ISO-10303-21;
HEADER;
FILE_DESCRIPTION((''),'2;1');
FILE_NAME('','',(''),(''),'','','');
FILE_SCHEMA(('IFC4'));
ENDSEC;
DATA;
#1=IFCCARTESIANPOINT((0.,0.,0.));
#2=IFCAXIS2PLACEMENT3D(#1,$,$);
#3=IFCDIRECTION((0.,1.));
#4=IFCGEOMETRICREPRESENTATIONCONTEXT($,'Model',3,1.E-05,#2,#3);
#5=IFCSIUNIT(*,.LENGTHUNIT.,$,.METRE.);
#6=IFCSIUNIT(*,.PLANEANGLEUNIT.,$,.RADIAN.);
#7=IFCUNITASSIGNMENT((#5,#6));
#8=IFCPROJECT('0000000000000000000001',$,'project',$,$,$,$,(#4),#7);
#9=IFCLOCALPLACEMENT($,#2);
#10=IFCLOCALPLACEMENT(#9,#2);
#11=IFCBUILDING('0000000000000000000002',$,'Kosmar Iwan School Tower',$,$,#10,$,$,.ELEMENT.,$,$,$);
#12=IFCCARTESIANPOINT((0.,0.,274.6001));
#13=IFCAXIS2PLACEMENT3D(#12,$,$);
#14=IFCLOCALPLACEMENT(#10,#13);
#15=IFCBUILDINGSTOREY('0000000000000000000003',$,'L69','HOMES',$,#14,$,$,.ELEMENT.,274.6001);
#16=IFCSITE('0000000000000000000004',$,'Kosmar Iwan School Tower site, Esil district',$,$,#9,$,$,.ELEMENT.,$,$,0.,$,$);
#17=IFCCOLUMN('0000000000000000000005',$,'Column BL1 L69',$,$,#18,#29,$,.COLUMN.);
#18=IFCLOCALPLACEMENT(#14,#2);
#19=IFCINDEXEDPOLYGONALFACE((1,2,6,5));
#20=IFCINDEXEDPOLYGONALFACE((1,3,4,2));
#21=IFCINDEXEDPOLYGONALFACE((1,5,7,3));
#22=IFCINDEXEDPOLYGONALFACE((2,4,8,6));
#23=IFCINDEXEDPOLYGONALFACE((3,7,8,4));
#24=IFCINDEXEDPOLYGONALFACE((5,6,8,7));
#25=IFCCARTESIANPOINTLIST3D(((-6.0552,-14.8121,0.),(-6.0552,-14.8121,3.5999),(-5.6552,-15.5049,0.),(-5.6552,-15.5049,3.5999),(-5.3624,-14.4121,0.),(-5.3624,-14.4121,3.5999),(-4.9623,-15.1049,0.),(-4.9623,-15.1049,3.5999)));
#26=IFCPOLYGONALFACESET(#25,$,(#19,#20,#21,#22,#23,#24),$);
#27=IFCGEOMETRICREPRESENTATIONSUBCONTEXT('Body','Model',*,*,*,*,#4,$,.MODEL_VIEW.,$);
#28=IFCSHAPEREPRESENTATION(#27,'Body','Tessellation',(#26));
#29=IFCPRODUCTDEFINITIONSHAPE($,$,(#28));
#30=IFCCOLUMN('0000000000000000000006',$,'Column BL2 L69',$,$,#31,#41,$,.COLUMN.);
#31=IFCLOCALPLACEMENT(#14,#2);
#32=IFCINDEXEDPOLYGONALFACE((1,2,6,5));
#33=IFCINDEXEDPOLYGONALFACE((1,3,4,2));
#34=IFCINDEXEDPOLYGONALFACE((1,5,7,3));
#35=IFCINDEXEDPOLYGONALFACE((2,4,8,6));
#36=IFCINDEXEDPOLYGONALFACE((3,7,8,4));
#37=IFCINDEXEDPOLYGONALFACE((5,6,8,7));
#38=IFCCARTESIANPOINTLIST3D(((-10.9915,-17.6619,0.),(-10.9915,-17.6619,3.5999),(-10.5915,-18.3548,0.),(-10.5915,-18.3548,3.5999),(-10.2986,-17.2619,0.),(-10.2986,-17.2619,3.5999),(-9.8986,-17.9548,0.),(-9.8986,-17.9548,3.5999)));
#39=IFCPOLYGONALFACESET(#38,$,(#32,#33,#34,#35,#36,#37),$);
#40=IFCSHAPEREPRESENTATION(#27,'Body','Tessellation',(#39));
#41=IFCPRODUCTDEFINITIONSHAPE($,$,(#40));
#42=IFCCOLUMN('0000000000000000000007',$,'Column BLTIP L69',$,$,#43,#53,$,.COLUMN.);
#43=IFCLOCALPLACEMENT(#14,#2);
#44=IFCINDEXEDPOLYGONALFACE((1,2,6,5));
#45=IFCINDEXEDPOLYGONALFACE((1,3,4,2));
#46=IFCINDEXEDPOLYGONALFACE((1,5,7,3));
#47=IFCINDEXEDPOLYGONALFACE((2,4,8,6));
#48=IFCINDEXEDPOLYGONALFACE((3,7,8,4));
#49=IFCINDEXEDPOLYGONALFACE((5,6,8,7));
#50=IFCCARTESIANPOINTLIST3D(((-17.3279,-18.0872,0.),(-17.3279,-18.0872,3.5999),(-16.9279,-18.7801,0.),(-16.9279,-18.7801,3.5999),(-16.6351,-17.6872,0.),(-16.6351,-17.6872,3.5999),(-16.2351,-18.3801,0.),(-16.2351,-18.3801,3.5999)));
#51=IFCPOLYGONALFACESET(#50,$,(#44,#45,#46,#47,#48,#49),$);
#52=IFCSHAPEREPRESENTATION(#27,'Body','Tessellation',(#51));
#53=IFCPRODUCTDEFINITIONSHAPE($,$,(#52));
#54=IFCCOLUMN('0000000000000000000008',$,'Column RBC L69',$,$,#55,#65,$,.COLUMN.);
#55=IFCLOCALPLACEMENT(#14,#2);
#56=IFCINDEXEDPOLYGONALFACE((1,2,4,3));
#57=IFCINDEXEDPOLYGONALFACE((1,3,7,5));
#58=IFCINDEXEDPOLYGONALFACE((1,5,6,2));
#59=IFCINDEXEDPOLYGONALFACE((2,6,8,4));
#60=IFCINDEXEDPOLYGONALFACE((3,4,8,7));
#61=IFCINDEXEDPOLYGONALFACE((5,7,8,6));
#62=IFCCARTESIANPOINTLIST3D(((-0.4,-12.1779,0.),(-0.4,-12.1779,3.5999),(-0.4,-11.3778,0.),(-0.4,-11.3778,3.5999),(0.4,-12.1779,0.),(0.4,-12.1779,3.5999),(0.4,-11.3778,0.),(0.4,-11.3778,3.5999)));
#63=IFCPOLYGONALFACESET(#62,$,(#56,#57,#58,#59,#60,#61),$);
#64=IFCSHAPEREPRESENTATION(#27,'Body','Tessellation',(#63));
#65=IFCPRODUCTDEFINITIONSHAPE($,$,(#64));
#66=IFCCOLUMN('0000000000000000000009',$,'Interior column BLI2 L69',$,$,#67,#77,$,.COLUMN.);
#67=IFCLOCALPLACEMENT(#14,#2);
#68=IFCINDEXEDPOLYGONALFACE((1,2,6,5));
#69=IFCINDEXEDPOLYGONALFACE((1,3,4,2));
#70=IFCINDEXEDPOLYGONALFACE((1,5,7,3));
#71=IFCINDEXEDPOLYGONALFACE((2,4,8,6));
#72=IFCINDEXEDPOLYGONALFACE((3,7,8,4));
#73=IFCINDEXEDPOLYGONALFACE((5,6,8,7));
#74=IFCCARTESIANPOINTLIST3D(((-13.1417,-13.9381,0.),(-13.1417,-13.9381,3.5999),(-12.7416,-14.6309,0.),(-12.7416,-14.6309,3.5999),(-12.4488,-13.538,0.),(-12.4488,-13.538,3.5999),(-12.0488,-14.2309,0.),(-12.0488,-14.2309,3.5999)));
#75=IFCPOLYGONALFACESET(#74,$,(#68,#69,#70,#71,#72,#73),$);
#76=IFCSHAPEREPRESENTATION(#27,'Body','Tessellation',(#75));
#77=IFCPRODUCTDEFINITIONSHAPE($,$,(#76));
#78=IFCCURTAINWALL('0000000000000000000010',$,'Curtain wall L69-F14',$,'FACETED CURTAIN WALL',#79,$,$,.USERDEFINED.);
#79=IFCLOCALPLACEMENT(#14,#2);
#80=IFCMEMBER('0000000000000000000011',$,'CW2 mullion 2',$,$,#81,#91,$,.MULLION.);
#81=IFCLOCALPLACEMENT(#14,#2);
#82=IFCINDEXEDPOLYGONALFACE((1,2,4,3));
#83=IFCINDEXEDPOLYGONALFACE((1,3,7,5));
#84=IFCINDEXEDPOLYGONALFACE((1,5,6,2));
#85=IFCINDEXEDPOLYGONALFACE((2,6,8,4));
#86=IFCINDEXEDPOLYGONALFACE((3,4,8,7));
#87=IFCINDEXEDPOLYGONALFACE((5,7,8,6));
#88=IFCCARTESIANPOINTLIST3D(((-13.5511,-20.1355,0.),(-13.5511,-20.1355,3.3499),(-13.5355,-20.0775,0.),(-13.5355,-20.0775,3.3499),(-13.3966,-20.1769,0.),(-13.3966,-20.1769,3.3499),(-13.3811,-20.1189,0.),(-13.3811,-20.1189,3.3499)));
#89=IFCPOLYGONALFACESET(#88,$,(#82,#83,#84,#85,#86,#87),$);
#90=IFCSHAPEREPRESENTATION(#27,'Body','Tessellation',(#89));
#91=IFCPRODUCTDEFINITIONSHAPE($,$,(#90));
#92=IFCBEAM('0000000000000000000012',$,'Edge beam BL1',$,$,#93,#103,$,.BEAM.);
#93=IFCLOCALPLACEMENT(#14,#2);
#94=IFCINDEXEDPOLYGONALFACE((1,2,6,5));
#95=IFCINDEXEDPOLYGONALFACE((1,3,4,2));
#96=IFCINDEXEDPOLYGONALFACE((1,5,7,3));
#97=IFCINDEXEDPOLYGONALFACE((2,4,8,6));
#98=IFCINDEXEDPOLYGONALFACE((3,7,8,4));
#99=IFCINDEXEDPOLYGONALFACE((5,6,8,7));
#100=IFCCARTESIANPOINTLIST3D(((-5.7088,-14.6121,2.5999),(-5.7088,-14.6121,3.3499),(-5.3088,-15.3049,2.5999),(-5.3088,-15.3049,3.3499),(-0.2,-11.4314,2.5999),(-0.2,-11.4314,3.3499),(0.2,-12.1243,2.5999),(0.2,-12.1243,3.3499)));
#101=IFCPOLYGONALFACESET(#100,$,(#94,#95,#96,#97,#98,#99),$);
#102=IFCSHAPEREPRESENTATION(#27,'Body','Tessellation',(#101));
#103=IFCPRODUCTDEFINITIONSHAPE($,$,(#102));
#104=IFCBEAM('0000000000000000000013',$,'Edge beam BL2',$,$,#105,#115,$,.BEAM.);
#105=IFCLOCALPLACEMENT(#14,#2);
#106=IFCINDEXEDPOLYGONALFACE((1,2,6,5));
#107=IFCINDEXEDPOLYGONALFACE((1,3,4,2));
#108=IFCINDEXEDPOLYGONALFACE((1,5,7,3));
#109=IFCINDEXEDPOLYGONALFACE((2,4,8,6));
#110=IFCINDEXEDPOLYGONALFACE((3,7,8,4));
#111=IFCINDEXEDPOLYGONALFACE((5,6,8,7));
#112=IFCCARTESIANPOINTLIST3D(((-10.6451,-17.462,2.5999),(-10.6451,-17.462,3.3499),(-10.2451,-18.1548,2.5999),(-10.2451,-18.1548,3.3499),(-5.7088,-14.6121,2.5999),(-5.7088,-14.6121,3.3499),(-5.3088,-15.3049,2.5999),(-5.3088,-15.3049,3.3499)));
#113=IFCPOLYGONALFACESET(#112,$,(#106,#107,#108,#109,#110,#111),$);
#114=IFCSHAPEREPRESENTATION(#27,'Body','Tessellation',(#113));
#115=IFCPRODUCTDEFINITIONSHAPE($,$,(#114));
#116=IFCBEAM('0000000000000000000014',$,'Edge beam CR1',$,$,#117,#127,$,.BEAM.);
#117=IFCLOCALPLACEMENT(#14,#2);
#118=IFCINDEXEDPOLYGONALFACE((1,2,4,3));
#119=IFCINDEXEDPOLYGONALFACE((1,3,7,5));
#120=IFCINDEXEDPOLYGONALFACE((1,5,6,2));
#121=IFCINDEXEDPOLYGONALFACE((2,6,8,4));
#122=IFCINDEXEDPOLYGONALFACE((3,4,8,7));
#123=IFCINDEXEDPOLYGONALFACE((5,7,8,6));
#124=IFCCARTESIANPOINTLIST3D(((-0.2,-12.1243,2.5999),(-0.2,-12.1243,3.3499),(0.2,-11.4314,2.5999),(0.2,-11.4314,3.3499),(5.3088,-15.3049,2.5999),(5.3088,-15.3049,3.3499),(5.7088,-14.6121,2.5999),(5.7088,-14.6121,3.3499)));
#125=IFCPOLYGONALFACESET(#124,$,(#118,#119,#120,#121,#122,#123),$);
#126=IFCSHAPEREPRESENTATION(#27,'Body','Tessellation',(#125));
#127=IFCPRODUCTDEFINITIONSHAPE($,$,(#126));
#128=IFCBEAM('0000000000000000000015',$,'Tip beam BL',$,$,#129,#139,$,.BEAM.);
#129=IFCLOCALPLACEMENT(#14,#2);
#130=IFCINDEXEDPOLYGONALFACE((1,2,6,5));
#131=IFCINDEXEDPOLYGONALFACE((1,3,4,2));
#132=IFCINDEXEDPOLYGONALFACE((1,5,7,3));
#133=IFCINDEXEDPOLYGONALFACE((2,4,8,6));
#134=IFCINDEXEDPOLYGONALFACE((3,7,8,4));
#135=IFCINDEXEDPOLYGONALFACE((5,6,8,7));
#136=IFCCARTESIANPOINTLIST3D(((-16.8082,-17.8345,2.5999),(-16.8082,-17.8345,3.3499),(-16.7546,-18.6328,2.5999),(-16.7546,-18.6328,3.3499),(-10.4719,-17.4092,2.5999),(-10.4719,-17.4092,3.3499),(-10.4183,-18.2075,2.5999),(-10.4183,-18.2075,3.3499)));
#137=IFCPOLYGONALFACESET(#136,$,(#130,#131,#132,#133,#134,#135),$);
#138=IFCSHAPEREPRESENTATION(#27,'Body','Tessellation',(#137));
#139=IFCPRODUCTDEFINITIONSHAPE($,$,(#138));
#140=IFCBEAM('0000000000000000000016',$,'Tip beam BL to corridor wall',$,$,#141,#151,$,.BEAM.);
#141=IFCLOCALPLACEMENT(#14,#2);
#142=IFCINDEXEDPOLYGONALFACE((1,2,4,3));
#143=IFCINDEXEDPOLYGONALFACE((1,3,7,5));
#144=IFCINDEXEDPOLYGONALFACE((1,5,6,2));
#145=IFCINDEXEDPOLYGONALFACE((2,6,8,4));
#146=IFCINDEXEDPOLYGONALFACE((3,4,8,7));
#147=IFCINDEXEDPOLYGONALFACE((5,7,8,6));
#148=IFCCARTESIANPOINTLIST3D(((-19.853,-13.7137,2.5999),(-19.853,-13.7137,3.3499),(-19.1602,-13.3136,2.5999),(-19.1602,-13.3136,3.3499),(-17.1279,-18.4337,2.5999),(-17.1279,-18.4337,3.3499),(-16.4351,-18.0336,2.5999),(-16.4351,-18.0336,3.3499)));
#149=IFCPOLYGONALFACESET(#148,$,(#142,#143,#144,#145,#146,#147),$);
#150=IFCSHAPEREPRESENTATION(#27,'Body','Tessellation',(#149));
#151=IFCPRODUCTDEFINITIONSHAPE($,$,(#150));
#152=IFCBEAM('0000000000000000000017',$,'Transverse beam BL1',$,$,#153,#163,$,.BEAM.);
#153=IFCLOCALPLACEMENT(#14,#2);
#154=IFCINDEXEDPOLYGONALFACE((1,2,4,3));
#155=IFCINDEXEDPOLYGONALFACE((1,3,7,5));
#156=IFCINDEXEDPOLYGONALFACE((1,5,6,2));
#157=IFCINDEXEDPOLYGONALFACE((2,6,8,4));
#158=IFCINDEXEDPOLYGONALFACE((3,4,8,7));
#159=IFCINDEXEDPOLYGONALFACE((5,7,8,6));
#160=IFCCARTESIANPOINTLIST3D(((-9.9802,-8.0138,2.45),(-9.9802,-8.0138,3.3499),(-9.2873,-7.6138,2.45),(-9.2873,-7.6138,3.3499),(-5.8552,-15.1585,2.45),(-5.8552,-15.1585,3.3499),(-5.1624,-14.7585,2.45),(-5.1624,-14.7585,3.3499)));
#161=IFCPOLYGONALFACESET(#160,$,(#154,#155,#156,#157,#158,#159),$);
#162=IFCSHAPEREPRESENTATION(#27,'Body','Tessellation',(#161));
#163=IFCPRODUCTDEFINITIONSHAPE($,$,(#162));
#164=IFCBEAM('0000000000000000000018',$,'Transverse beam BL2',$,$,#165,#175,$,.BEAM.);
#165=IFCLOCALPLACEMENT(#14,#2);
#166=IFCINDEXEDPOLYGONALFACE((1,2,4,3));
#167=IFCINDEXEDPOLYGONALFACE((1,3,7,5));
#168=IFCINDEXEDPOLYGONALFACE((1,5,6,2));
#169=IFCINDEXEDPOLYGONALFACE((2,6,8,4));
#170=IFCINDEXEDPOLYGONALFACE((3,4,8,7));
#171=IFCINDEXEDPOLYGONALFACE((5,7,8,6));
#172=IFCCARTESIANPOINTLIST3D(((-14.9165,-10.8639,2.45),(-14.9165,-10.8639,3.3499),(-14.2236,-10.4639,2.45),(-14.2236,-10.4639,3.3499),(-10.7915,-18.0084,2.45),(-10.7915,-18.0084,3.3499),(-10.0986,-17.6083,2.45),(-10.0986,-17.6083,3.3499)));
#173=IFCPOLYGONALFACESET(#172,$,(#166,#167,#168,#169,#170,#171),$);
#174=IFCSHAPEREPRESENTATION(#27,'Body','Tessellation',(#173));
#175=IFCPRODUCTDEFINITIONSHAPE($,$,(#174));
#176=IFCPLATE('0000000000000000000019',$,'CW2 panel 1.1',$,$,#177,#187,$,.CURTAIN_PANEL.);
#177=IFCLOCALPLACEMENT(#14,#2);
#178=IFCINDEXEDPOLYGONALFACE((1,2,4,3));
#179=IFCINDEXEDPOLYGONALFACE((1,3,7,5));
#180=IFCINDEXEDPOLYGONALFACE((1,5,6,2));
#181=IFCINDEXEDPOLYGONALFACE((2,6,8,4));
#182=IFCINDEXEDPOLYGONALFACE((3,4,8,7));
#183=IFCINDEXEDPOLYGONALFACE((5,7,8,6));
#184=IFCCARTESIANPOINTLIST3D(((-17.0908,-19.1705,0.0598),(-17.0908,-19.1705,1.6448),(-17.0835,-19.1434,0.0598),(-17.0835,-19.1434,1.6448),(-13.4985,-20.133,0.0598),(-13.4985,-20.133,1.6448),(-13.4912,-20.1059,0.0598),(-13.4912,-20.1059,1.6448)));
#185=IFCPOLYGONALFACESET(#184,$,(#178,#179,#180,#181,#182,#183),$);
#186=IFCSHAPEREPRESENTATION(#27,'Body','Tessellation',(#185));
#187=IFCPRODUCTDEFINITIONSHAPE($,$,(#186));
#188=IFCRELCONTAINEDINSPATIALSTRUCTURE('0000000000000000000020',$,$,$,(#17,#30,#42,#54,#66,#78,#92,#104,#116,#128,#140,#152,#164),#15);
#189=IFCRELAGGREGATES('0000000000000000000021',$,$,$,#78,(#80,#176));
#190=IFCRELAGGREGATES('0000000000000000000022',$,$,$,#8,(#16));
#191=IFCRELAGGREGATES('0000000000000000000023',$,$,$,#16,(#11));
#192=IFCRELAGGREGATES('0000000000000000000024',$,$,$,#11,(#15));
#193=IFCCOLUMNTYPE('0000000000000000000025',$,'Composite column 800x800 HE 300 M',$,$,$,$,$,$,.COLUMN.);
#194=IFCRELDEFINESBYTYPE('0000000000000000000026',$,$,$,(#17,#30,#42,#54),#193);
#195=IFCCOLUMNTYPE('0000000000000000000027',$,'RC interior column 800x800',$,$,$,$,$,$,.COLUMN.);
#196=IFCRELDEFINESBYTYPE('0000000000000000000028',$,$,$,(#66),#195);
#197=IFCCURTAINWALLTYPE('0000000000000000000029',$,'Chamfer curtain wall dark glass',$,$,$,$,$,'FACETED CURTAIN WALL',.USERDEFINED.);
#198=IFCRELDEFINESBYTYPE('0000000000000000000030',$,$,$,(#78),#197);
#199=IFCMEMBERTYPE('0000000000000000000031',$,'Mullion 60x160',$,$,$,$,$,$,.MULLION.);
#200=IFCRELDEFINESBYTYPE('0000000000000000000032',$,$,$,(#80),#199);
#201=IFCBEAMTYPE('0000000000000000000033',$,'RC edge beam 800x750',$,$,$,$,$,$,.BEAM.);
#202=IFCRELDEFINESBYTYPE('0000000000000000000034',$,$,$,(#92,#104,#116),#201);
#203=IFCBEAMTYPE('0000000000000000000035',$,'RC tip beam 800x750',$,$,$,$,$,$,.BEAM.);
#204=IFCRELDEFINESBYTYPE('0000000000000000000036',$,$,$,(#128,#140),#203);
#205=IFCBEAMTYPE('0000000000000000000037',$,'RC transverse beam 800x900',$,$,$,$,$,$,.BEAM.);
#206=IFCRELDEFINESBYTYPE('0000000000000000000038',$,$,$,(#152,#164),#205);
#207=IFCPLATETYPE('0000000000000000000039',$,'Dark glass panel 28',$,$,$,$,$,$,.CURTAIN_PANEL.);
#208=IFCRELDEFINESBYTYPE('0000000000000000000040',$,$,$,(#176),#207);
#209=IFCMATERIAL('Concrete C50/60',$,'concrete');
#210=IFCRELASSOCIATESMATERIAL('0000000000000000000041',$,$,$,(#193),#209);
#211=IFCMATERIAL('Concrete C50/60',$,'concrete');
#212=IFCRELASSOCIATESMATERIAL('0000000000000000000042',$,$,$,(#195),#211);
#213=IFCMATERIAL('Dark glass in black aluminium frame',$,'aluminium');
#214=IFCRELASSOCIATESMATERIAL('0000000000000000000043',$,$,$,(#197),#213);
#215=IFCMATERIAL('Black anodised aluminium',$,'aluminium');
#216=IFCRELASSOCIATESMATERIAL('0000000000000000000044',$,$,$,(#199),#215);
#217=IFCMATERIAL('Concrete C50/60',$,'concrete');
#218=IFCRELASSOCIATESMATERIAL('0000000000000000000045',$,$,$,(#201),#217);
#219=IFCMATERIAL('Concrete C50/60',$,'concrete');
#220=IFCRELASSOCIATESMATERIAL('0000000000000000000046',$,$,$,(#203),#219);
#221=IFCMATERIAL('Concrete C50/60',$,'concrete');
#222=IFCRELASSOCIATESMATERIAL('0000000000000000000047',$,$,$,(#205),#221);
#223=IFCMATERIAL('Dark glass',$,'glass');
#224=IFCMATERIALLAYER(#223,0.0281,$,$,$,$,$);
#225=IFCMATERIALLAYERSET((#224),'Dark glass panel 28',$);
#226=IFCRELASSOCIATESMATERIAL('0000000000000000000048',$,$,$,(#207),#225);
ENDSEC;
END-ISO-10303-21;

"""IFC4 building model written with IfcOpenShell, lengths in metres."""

from ifc_helpers import new_model, si_unit, direction, frame, origin, origin_2d, place, context, subcontext, project, spatial, rectangle, extrude, material, layer, layer_set, material_profile, profile_set, type_object, element, aggregate, save


model = new_model("IFC4")

# Units and contexts
model_context = context("Model", 3, precision=1e-05, world=origin(), true_north=direction((0.0, 1.0)))
body_context = subcontext(model_context, "Body", "Model", "MODEL_VIEW")
ifc_project = project(units=[si_unit("LENGTHUNIT", "METRE"), si_unit("PLANEANGLEUNIT", "RADIAN")], contexts=[model_context])

# Site, building, storey
site_placement = place(None, origin())
site = spatial("IfcSite", under=ifc_project, at=site_placement, Name="Kosmar Iwan School Tower site, Esil district", CompositionType="ELEMENT", RefElevation=0.0)
building_placement = place(site_placement, origin())
building = spatial("IfcBuilding", under=site, at=building_placement, Name="Kosmar Iwan School Tower", CompositionType="ELEMENT")
storey_placement = place(building_placement, frame((0.0, 0.0, 274.6001)))
storey = spatial("IfcBuildingStorey", under=building, at=storey_placement, Name="L69", Description="HOMES", CompositionType="ELEMENT", Elevation=274.6001)

# Columns
ifc_material_1 = material(Name="Concrete C50/60", Category="concrete")
ifc_material_profile_1 = material_profile(ifc_material_1, rectangle(XDim=0.8, YDim=0.8, at=origin_2d()), Name="RC 800x800 + HE 300 M")
ifc_profile_set_1 = profile_set([ifc_material_profile_1], Name="Concrete C50/60")
column_type_1 = type_object("IfcColumnType", Name="Composite column 800x800 HE 300 M", PredefinedType="COLUMN", material=ifc_profile_set_1)
for number, where, z_axis, x_axis, name in (
    (1, (-5.5088, -14.9585, 0.0), (0.0, 0.0, 1.0), (-0.866025, -0.5, 0.0), "Column BL1 L69"),
    (2, (-10.4451, -17.8083, 0.0), (0.0, 0.0, 1.0), (-0.866025, -0.5, 0.0), "Column BL2 L69"),
    (3, (-16.7815, -18.2336, 0.0), (0.0, 0.0, 1.0), (-0.866025, -0.5, 0.0), "Column BLTIP L69"),
    (4, (0.0, -11.7778, 0.0), (0.0, 0.0, 1.0), (1.0, 0.0, 0.0), "Column RBC L69"),
):
    element("IfcColumn", number, at=place(storey_placement, frame(where, z_axis=z_axis, x_axis=x_axis)), inside=storey, type_object=column_type_1, Name=name, PredefinedType="COLUMN", context=body_context, shape_type="SweptSolid", body=[
        extrude(rectangle(XDim=0.8, YDim=0.8, at=origin_2d()), origin(), (0.0, 0.0, 1.0), 3.5999),
    ])
ifc_material_2 = material(Name="Concrete C50/60", Category="concrete")
ifc_material_profile_2 = material_profile(ifc_material_2, rectangle(XDim=0.8, YDim=0.8, at=origin_2d()), Name="RC 800x800")
ifc_profile_set_2 = profile_set([ifc_material_profile_2], Name="Concrete C50/60")
column_type_2 = type_object("IfcColumnType", Name="RC interior column 800x800", PredefinedType="COLUMN", material=ifc_profile_set_2)
column_placement = place(storey_placement, frame((-12.5952, -14.0845, 0.0), z_axis=(0.0, 0.0, 1.0), x_axis=(-0.866025, -0.5, 0.0)))
element("IfcColumn", 5, at=column_placement, inside=storey, type_object=column_type_2, Name="Interior column BLI2 L69", PredefinedType="COLUMN", context=body_context, shape_type="SweptSolid", body=[
    extrude(rectangle(XDim=0.8, YDim=0.8, at=origin_2d()), origin(), (0.0, 0.0, 1.0), 3.5999),
])

# Curtain wall, member
ifc_material_3 = material(Name="Dark glass in black aluminium frame", Category="aluminium")
curtain_wall_type = type_object("IfcCurtainWallType", Name="Chamfer curtain wall dark glass", ElementType="FACETED CURTAIN WALL", PredefinedType="USERDEFINED", material=ifc_material_3)
curtain_wall_placement = place(storey_placement, origin())
curtain_wall = element("IfcCurtainWall", 6, at=curtain_wall_placement, inside=storey, type_object=curtain_wall_type, Name="Curtain wall L69-F14", ObjectType="FACETED CURTAIN WALL", PredefinedType="USERDEFINED")
ifc_material_4 = material(Name="Black anodised aluminium", Category="aluminium")
ifc_material_profile_3 = material_profile(ifc_material_4, rectangle(XDim=0.0601, YDim=0.1599, at=origin_2d()), Name="MULLION 60x160")
ifc_profile_set_3 = profile_set([ifc_material_profile_3], Name="Black anodised aluminium")
member_type = type_object("IfcMemberType", Name="Mullion 60x160", PredefinedType="MULLION", material=ifc_profile_set_3)
member_placement = place(storey_placement, frame((-13.4661, -20.1272, 0.0), z_axis=(0.0, 0.0, 1.0), x_axis=(0.258819, 0.965926, 0.0)))
member = element("IfcMember", 7, at=member_placement, type_object=member_type, Name="CW2 mullion 2", PredefinedType="MULLION", context=body_context, shape_type="SweptSolid", body=[
    extrude(rectangle(XDim=0.0601, YDim=0.1599, at=origin_2d()), origin(), (0.0, 0.0, 1.0), 3.3499),
])

# Beams
ifc_material_5 = material(Name="Concrete C50/60", Category="concrete")
ifc_material_profile_4 = material_profile(ifc_material_5, rectangle(XDim=0.8, YDim=0.75, at=origin_2d()), Name="RC 800x750")
ifc_profile_set_4 = profile_set([ifc_material_profile_4], Name="Concrete C50/60")
beam_type_1 = type_object("IfcBeamType", Name="RC edge beam 800x750", PredefinedType="BEAM", material=ifc_profile_set_4)
beam_1_placement = place(storey_placement, frame((0.0, -11.7778, 2.9749), z_axis=(-0.866014, -0.500019, 0.0), x_axis=(0.500019, -0.866014, 0.0)))
element("IfcBeam", 8, at=beam_1_placement, inside=storey, type_object=beam_type_1, Name="Edge beam BL1", PredefinedType="BEAM", context=body_context, shape_type="SweptSolid", body=[
    extrude(rectangle(XDim=0.8, YDim=0.75, at=origin_2d()), origin(), (0.0, 0.0, 1.0), 6.3611),
])
beam_2_placement = place(storey_placement, frame((-5.5088, -14.9585, 2.9749), z_axis=(-0.866034, -0.499986, 0.0), x_axis=(0.499986, -0.866034, 0.0)))
element("IfcBeam", 9, at=beam_2_placement, inside=storey, type_object=beam_type_1, Name="Edge beam BL2", PredefinedType="BEAM", context=body_context, shape_type="SweptSolid", body=[
    extrude(rectangle(XDim=0.8, YDim=0.75, at=origin_2d()), origin(), (0.0, 0.0, 1.0), 5.7),
])
beam_3_placement = place(storey_placement, frame((0.0, -11.7778, 2.9749), z_axis=(0.866014, -0.500019, 0.0), x_axis=(0.500019, 0.866014, 0.0)))
element("IfcBeam", 10, at=beam_3_placement, inside=storey, type_object=beam_type_1, Name="Edge beam CR1", PredefinedType="BEAM", context=body_context, shape_type="SweptSolid", body=[
    extrude(rectangle(XDim=0.8, YDim=0.75, at=origin_2d()), origin(), (0.0, 0.0, 1.0), 6.3611),
])
ifc_material_6 = material(Name="Concrete C50/60", Category="concrete")
ifc_material_profile_5 = material_profile(ifc_material_6, rectangle(XDim=0.8, YDim=0.75, at=origin_2d()), Name="RC 800x750")
ifc_profile_set_5 = profile_set([ifc_material_profile_5], Name="Concrete C50/60")
beam_type_2 = type_object("IfcBeamType", Name="RC tip beam 800x750", PredefinedType="BEAM", material=ifc_profile_set_5)
beam_4_placement = place(storey_placement, frame((-10.4451, -17.8083, 2.9749), z_axis=(-0.997755, -0.066968, 0.0), x_axis=(0.066968, -0.997755, 0.0)))
element("IfcBeam", 11, at=beam_4_placement, inside=storey, type_object=beam_type_2, Name="Tip beam BL", PredefinedType="BEAM", context=body_context, shape_type="SweptSolid", body=[
    extrude(rectangle(XDim=0.8, YDim=0.75, at=origin_2d()), origin(), (0.0, 0.0, 1.0), 6.3506),
])
beam_5_placement = place(storey_placement, frame((-16.7815, -18.2336, 2.9749), z_axis=(-0.500003, 0.866024, 0.0), x_axis=(-0.866024, -0.500003, 0.0)))
element("IfcBeam", 12, at=beam_5_placement, inside=storey, type_object=beam_type_2, Name="Tip beam BL to corridor wall", PredefinedType="BEAM", context=body_context, shape_type="SweptSolid", body=[
    extrude(rectangle(XDim=0.8, YDim=0.75, at=origin_2d()), origin(), (0.0, 0.0, 1.0), 5.4502),
])
ifc_material_7 = material(Name="Concrete C50/60", Category="concrete")
ifc_material_profile_6 = material_profile(ifc_material_7, rectangle(XDim=0.8, YDim=0.8999, at=origin_2d()), Name="RC 800x900")
ifc_profile_set_6 = profile_set([ifc_material_profile_6], Name="Concrete C50/60")
beam_type_3 = type_object("IfcBeamType", Name="RC transverse beam 800x900", PredefinedType="BEAM", material=ifc_profile_set_6)
beam_6_placement = place(storey_placement, frame((-5.5088, -14.9585, 2.8999), z_axis=(-0.499997, 0.866027, 0.0), x_axis=(-0.866027, -0.499997, 0.0)))
element("IfcBeam", 13, at=beam_6_placement, inside=storey, type_object=beam_type_3, Name="Transverse beam BL1", PredefinedType="BEAM", context=body_context, shape_type="SweptSolid", body=[
    extrude(rectangle(XDim=0.8, YDim=0.8999, at=origin_2d()), origin(), (0.0, 0.0, 1.0), 8.25),
])
beam_7_placement = place(storey_placement, frame((-10.4451, -17.8083, 2.8999), z_axis=(-0.500009, 0.86602, 0.0), x_axis=(-0.86602, -0.500009, 0.0)))
element("IfcBeam", 14, at=beam_7_placement, inside=storey, type_object=beam_type_3, Name="Transverse beam BL2", PredefinedType="BEAM", context=body_context, shape_type="SweptSolid", body=[
    extrude(rectangle(XDim=0.8, YDim=0.8999, at=origin_2d()), origin(), (0.0, 0.0, 1.0), 8.2498),
])

# Plate
ifc_material_8 = material(Name="Dark glass", Category="glass")
ifc_layer_1 = layer(ifc_material_8, 0.0281)
ifc_layer_set_1 = layer_set([ifc_layer_1], Name="Dark glass panel 28")
plate_type = type_object("IfcPlateType", Name="Dark glass panel 28", PredefinedType="CURTAIN_PANEL", material=ifc_layer_set_1)
plate_1_placement = place(storey_placement, frame((-15.291, -19.6382, 0.0598), z_axis=(0.0, 0.0, 1.0), x_axis=(0.965926, -0.258819, 0.0)))
plate_1 = element("IfcPlate", 15, at=plate_1_placement, type_object=plate_type, Name="CW2 panel 1.1", PredefinedType="CURTAIN_PANEL", context=body_context, shape_type="SweptSolid", body=[
    extrude(rectangle(XDim=3.719, YDim=0.0281, at=origin_2d()), origin(), (0.0, 0.0, 1.0), 1.585),
])
aggregate(curtain_wall, [member, plate_1])

save(model, "model.ifc")
